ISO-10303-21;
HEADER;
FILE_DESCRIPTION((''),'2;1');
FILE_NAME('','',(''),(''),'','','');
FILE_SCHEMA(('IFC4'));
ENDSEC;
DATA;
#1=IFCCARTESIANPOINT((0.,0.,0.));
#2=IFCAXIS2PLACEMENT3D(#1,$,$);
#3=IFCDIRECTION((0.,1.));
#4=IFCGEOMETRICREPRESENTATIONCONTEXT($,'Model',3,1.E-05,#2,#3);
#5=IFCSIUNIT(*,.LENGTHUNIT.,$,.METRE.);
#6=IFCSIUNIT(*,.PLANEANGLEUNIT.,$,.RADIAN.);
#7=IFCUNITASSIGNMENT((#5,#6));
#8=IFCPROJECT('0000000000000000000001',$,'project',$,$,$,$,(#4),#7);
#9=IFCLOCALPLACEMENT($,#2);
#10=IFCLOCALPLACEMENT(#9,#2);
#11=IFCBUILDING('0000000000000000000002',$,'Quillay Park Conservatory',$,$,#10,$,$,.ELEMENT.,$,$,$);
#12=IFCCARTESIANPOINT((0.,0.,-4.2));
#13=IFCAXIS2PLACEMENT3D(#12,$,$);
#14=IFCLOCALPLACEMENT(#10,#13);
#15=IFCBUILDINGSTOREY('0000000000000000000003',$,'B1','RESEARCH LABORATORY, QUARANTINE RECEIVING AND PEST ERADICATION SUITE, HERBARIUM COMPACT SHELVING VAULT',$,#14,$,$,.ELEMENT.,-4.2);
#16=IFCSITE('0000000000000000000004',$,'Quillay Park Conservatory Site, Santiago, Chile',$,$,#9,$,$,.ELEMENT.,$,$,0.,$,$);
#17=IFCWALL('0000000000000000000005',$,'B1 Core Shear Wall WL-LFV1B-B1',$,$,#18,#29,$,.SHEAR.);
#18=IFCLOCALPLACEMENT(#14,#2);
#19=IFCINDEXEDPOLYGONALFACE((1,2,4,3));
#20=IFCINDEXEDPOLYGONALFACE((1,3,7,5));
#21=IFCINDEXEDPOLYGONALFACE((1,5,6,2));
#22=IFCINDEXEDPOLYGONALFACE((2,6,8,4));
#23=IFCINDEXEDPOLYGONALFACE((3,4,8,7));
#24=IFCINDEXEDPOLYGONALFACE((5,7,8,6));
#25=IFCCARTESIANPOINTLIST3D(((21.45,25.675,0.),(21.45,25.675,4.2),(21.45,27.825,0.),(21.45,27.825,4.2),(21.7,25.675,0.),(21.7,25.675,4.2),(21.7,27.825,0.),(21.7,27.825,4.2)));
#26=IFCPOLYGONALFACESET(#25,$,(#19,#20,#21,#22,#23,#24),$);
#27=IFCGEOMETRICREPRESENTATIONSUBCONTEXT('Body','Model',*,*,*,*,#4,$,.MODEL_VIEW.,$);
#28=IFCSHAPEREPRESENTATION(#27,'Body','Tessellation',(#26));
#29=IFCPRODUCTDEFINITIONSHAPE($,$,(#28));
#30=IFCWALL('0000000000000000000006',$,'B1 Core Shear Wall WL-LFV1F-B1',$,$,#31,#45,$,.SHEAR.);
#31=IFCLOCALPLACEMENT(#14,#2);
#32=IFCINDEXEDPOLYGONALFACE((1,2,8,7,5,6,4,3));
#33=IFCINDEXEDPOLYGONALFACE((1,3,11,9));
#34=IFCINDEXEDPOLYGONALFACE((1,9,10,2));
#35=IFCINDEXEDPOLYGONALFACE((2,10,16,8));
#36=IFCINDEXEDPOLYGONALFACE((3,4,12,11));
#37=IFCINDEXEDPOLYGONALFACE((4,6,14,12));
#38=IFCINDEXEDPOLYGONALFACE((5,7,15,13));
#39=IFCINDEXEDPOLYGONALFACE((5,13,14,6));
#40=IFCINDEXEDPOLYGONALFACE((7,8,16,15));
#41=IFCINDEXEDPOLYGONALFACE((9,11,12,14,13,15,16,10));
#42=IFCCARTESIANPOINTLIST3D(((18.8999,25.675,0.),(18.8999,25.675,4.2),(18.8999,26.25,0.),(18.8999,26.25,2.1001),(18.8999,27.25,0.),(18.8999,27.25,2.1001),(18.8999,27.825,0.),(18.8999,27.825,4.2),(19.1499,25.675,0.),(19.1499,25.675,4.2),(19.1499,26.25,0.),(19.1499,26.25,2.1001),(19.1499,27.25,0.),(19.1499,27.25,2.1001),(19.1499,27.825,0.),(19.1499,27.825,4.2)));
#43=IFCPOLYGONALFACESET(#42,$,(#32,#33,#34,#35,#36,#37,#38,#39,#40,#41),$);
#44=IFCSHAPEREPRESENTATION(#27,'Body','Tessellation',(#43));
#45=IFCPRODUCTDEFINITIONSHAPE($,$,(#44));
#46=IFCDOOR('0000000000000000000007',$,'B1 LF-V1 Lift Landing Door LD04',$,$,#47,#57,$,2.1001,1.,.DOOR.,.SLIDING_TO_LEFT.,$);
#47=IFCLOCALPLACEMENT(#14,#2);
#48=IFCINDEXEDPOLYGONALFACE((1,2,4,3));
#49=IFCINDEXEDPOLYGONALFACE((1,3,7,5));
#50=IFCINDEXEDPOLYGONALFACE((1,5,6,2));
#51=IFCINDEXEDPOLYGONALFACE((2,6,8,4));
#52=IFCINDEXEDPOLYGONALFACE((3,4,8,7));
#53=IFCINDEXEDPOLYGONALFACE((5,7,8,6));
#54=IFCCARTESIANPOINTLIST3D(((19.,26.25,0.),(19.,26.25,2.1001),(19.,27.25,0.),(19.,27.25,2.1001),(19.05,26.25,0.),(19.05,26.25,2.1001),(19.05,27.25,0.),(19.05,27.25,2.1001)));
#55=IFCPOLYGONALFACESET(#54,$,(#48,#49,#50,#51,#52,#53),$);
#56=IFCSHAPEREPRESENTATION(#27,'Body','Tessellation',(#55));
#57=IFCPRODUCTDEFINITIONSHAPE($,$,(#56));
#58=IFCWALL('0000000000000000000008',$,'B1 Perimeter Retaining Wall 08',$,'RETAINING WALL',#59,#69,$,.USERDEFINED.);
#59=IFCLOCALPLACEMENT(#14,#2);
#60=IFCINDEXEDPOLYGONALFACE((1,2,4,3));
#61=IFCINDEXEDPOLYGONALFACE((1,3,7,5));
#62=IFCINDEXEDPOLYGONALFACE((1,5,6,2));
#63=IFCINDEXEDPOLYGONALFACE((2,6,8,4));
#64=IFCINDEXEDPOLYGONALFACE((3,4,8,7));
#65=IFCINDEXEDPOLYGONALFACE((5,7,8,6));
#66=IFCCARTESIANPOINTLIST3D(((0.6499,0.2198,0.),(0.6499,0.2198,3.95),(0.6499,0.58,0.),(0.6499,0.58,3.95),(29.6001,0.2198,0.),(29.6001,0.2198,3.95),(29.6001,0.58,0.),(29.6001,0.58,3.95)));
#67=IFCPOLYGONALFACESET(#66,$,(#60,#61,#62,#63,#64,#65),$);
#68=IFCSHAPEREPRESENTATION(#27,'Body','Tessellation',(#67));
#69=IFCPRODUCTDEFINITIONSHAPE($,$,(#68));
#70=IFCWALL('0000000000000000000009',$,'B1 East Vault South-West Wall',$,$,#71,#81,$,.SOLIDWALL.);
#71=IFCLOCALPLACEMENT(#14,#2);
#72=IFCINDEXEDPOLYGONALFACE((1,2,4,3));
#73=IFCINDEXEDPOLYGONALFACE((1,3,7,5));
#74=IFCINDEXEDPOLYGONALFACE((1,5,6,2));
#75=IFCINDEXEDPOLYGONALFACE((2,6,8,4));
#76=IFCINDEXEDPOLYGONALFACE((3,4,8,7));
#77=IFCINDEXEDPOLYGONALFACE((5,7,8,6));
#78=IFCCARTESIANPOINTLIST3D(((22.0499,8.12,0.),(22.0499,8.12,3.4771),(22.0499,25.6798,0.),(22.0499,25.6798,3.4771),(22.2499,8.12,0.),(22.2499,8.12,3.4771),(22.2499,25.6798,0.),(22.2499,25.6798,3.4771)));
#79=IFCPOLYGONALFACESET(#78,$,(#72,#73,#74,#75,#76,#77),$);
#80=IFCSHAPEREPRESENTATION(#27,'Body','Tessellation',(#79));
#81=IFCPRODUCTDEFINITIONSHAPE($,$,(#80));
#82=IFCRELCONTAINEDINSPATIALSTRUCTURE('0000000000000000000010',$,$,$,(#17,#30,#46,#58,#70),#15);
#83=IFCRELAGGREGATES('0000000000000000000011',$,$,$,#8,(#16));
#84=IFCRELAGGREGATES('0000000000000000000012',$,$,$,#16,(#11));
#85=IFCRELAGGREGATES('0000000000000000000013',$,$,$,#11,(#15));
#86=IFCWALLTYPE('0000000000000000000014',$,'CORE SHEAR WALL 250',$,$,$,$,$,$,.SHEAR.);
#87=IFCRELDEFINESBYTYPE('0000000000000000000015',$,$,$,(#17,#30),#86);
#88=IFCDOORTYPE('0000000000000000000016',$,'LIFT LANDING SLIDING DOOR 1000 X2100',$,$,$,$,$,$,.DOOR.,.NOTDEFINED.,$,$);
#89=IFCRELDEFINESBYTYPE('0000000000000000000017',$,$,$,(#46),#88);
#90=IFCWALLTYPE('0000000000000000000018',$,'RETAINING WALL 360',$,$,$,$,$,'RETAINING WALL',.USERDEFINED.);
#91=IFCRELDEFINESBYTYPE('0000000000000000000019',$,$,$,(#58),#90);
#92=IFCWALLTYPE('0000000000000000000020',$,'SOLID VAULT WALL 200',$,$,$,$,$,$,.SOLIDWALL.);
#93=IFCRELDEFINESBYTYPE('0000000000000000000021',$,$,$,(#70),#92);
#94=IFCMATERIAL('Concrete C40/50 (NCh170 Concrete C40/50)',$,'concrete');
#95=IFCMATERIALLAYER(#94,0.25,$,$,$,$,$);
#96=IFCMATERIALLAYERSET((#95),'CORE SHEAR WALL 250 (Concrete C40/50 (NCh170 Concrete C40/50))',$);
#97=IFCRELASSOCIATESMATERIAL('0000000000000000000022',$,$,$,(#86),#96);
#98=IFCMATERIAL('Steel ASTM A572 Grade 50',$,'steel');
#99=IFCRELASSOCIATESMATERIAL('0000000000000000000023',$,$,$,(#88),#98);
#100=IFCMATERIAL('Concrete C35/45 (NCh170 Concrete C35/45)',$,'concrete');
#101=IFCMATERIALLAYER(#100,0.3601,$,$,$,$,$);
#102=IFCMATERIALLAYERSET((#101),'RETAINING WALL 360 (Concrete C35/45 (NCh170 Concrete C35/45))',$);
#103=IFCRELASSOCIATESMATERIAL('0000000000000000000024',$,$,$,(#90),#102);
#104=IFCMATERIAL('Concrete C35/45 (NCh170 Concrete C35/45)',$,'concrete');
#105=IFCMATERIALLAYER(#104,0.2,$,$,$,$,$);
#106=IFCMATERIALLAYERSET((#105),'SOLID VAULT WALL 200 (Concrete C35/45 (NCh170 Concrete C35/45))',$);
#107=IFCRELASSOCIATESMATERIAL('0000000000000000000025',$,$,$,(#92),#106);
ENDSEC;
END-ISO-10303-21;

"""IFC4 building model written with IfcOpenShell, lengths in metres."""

from ifc_helpers import new_model, si_unit, direction, frame, frame_2d, origin, place, context, subcontext, project, spatial, rectangle, extrude, material, layer, layer_set, type_object, element, fill, save


model = new_model("IFC4")

# Units and contexts
model_context = context("Model", 3, precision=1e-05, world=origin(), true_north=direction((0.0, 1.0)))
body_context = subcontext(model_context, "Body", "Model", "MODEL_VIEW")
ifc_project = project(units=[si_unit("LENGTHUNIT", "METRE"), si_unit("PLANEANGLEUNIT", "RADIAN")], contexts=[model_context])

# Site, building, storey
site_placement = place(None, origin())
site = spatial("IfcSite", under=ifc_project, at=site_placement, Name="Quillay Park Conservatory Site, Santiago, Chile", CompositionType="ELEMENT", RefElevation=0.0)
building_placement = place(site_placement, origin())
building = spatial("IfcBuilding", under=site, at=building_placement, Name="Quillay Park Conservatory", CompositionType="ELEMENT")
storey_placement = place(building_placement, frame((0.0, 0.0, -4.2)))
storey = spatial("IfcBuildingStorey", under=building, at=storey_placement, Name="B1", Description="RESEARCH LABORATORY, QUARANTINE RECEIVING AND PEST ERADICATION SUITE, HERBARIUM COMPACT SHELVING VAULT", CompositionType="ELEMENT", Elevation=-4.2)

# Wall
ifc_material_1 = material(Name="Concrete C40/50 (NCh170 Concrete C40/50)", Category="concrete")
ifc_layer_1 = layer(ifc_material_1, 0.25)
ifc_layer_set_1 = layer_set([ifc_layer_1], Name="CORE SHEAR WALL 250 (Concrete C40/50 (NCh170 Concrete C40/50))")
wall_type_1 = type_object("IfcWallType", Name="CORE SHEAR WALL 250", PredefinedType="SHEAR", material=ifc_layer_set_1)
wall_1_placement = place(storey_placement, frame((21.575, 25.675, 0.0), z_axis=(0.0, 0.0, 1.0), x_axis=(0.0, 1.0, 0.0)))
element("IfcWall", 1, at=wall_1_placement, inside=storey, type_object=wall_type_1, Name="B1 Core Shear Wall WL-LFV1B-B1", PredefinedType="SHEAR", context=body_context, shape_type="SweptSolid", body=[
    extrude(rectangle(XDim=2.1499, YDim=0.25, at=frame_2d((1.075, 0.0))), origin(), (0.0, 0.0, 1.0), 4.2),
])

# Wall, opening, door
wall_2_placement = place(storey_placement, frame((19.0249, 25.675, 0.0), z_axis=(0.0, 0.0, 1.0), x_axis=(0.0, 1.0, 0.0)))
wall_2 = element("IfcWall", 2, at=wall_2_placement, inside=storey, type_object=wall_type_1, Name="B1 Core Shear Wall WL-LFV1F-B1", PredefinedType="SHEAR", context=body_context, shape_type="SweptSolid", body=[
    extrude(rectangle(XDim=2.1499, YDim=0.25, at=frame_2d((1.075, 0.0))), origin(), (0.0, 0.0, 1.0), 4.2),
])
opening_1_placement = place(wall_2_placement, frame((0.575, 0.0, 0.0)))
opening_1 = element("IfcOpeningElement", 3, at=opening_1_placement, cuts=wall_2, PredefinedType="OPENING", context=body_context, shape_type="SweptSolid", body=[
    extrude(rectangle(XDim=1.0, YDim=2.1001, at=frame_2d((0.5, 1.05))), frame((0.0, 0.125, 0.0), z_axis=(0.0, -1.0, 0.0), x_axis=(1.0, 0.0, 0.0)), (0.0, 0.0, 1.0), 0.25),
])
ifc_material_2 = material(Name="Steel ASTM A572 Grade 50", Category="steel")
door_type_1 = type_object("IfcDoorType", Name="LIFT LANDING SLIDING DOOR 1000 X2100", OperationType="NOTDEFINED", PredefinedType="DOOR", material=ifc_material_2)
door_1_placement = place(opening_1_placement, origin())
door_1 = element("IfcDoor", 4, at=door_1_placement, inside=storey, type_object=door_type_1, Name="B1 LF-V1 Lift Landing Door LD04", OperationType="SLIDING_TO_LEFT", OverallHeight=2.1001, OverallWidth=1.0, PredefinedType="DOOR", context=body_context, shape_type="SweptSolid", body=[
    extrude(rectangle(XDim=1.0, YDim=2.1001, at=frame_2d((0.5, 1.05))), frame((0.0, 0.0249, 0.0), z_axis=(0.0, -1.0, 0.0), x_axis=(1.0, 0.0, 0.0)), (0.0, 0.0, 1.0), 0.05),
])
fill(opening_1, door_1)

# Walls
ifc_material_3 = material(Name="Concrete C35/45 (NCh170 Concrete C35/45)", Category="concrete")
ifc_layer_2 = layer(ifc_material_3, 0.3601)
ifc_layer_set_2 = layer_set([ifc_layer_2], Name="RETAINING WALL 360 (Concrete C35/45 (NCh170 Concrete C35/45))")
wall_type_2 = type_object("IfcWallType", Name="RETAINING WALL 360", ElementType="RETAINING WALL", PredefinedType="USERDEFINED", material=ifc_layer_set_2)
wall_3_placement = place(storey_placement, frame((29.6001, 0.3999, 0.0), z_axis=(0.0, 0.0, 1.0), x_axis=(-1.0, 0.0, 0.0)))
element("IfcWall", 5, at=wall_3_placement, inside=storey, type_object=wall_type_2, Name="B1 Perimeter Retaining Wall 08", ObjectType="RETAINING WALL", PredefinedType="USERDEFINED", context=body_context, shape_type="SweptSolid", body=[
    extrude(rectangle(XDim=28.9502, YDim=0.3601, at=frame_2d((14.4751, 0.0))), origin(), (0.0, 0.0, 1.0), 3.95),
])
ifc_material_4 = material(Name="Concrete C35/45 (NCh170 Concrete C35/45)", Category="concrete")
ifc_layer_3 = layer(ifc_material_4, 0.2)
ifc_layer_set_3 = layer_set([ifc_layer_3], Name="SOLID VAULT WALL 200 (Concrete C35/45 (NCh170 Concrete C35/45))")
wall_type_3 = type_object("IfcWallType", Name="SOLID VAULT WALL 200", PredefinedType="SOLIDWALL", material=ifc_layer_set_3)
wall_4_placement = place(storey_placement, frame((22.1499, 8.1201, 0.0), z_axis=(0.0, 0.0, 1.0), x_axis=(0.0, 1.0, 0.0)))
element("IfcWall", 6, at=wall_4_placement, inside=storey, type_object=wall_type_3, Name="B1 East Vault South-West Wall", PredefinedType="SOLIDWALL", context=body_context, shape_type="SweptSolid", body=[
    extrude(rectangle(XDim=17.5598, YDim=0.2, at=frame_2d((8.7798, 0.0))), origin(), (0.0, 0.0, 1.0), 3.4771),
])

save(model, "model.ifc")
